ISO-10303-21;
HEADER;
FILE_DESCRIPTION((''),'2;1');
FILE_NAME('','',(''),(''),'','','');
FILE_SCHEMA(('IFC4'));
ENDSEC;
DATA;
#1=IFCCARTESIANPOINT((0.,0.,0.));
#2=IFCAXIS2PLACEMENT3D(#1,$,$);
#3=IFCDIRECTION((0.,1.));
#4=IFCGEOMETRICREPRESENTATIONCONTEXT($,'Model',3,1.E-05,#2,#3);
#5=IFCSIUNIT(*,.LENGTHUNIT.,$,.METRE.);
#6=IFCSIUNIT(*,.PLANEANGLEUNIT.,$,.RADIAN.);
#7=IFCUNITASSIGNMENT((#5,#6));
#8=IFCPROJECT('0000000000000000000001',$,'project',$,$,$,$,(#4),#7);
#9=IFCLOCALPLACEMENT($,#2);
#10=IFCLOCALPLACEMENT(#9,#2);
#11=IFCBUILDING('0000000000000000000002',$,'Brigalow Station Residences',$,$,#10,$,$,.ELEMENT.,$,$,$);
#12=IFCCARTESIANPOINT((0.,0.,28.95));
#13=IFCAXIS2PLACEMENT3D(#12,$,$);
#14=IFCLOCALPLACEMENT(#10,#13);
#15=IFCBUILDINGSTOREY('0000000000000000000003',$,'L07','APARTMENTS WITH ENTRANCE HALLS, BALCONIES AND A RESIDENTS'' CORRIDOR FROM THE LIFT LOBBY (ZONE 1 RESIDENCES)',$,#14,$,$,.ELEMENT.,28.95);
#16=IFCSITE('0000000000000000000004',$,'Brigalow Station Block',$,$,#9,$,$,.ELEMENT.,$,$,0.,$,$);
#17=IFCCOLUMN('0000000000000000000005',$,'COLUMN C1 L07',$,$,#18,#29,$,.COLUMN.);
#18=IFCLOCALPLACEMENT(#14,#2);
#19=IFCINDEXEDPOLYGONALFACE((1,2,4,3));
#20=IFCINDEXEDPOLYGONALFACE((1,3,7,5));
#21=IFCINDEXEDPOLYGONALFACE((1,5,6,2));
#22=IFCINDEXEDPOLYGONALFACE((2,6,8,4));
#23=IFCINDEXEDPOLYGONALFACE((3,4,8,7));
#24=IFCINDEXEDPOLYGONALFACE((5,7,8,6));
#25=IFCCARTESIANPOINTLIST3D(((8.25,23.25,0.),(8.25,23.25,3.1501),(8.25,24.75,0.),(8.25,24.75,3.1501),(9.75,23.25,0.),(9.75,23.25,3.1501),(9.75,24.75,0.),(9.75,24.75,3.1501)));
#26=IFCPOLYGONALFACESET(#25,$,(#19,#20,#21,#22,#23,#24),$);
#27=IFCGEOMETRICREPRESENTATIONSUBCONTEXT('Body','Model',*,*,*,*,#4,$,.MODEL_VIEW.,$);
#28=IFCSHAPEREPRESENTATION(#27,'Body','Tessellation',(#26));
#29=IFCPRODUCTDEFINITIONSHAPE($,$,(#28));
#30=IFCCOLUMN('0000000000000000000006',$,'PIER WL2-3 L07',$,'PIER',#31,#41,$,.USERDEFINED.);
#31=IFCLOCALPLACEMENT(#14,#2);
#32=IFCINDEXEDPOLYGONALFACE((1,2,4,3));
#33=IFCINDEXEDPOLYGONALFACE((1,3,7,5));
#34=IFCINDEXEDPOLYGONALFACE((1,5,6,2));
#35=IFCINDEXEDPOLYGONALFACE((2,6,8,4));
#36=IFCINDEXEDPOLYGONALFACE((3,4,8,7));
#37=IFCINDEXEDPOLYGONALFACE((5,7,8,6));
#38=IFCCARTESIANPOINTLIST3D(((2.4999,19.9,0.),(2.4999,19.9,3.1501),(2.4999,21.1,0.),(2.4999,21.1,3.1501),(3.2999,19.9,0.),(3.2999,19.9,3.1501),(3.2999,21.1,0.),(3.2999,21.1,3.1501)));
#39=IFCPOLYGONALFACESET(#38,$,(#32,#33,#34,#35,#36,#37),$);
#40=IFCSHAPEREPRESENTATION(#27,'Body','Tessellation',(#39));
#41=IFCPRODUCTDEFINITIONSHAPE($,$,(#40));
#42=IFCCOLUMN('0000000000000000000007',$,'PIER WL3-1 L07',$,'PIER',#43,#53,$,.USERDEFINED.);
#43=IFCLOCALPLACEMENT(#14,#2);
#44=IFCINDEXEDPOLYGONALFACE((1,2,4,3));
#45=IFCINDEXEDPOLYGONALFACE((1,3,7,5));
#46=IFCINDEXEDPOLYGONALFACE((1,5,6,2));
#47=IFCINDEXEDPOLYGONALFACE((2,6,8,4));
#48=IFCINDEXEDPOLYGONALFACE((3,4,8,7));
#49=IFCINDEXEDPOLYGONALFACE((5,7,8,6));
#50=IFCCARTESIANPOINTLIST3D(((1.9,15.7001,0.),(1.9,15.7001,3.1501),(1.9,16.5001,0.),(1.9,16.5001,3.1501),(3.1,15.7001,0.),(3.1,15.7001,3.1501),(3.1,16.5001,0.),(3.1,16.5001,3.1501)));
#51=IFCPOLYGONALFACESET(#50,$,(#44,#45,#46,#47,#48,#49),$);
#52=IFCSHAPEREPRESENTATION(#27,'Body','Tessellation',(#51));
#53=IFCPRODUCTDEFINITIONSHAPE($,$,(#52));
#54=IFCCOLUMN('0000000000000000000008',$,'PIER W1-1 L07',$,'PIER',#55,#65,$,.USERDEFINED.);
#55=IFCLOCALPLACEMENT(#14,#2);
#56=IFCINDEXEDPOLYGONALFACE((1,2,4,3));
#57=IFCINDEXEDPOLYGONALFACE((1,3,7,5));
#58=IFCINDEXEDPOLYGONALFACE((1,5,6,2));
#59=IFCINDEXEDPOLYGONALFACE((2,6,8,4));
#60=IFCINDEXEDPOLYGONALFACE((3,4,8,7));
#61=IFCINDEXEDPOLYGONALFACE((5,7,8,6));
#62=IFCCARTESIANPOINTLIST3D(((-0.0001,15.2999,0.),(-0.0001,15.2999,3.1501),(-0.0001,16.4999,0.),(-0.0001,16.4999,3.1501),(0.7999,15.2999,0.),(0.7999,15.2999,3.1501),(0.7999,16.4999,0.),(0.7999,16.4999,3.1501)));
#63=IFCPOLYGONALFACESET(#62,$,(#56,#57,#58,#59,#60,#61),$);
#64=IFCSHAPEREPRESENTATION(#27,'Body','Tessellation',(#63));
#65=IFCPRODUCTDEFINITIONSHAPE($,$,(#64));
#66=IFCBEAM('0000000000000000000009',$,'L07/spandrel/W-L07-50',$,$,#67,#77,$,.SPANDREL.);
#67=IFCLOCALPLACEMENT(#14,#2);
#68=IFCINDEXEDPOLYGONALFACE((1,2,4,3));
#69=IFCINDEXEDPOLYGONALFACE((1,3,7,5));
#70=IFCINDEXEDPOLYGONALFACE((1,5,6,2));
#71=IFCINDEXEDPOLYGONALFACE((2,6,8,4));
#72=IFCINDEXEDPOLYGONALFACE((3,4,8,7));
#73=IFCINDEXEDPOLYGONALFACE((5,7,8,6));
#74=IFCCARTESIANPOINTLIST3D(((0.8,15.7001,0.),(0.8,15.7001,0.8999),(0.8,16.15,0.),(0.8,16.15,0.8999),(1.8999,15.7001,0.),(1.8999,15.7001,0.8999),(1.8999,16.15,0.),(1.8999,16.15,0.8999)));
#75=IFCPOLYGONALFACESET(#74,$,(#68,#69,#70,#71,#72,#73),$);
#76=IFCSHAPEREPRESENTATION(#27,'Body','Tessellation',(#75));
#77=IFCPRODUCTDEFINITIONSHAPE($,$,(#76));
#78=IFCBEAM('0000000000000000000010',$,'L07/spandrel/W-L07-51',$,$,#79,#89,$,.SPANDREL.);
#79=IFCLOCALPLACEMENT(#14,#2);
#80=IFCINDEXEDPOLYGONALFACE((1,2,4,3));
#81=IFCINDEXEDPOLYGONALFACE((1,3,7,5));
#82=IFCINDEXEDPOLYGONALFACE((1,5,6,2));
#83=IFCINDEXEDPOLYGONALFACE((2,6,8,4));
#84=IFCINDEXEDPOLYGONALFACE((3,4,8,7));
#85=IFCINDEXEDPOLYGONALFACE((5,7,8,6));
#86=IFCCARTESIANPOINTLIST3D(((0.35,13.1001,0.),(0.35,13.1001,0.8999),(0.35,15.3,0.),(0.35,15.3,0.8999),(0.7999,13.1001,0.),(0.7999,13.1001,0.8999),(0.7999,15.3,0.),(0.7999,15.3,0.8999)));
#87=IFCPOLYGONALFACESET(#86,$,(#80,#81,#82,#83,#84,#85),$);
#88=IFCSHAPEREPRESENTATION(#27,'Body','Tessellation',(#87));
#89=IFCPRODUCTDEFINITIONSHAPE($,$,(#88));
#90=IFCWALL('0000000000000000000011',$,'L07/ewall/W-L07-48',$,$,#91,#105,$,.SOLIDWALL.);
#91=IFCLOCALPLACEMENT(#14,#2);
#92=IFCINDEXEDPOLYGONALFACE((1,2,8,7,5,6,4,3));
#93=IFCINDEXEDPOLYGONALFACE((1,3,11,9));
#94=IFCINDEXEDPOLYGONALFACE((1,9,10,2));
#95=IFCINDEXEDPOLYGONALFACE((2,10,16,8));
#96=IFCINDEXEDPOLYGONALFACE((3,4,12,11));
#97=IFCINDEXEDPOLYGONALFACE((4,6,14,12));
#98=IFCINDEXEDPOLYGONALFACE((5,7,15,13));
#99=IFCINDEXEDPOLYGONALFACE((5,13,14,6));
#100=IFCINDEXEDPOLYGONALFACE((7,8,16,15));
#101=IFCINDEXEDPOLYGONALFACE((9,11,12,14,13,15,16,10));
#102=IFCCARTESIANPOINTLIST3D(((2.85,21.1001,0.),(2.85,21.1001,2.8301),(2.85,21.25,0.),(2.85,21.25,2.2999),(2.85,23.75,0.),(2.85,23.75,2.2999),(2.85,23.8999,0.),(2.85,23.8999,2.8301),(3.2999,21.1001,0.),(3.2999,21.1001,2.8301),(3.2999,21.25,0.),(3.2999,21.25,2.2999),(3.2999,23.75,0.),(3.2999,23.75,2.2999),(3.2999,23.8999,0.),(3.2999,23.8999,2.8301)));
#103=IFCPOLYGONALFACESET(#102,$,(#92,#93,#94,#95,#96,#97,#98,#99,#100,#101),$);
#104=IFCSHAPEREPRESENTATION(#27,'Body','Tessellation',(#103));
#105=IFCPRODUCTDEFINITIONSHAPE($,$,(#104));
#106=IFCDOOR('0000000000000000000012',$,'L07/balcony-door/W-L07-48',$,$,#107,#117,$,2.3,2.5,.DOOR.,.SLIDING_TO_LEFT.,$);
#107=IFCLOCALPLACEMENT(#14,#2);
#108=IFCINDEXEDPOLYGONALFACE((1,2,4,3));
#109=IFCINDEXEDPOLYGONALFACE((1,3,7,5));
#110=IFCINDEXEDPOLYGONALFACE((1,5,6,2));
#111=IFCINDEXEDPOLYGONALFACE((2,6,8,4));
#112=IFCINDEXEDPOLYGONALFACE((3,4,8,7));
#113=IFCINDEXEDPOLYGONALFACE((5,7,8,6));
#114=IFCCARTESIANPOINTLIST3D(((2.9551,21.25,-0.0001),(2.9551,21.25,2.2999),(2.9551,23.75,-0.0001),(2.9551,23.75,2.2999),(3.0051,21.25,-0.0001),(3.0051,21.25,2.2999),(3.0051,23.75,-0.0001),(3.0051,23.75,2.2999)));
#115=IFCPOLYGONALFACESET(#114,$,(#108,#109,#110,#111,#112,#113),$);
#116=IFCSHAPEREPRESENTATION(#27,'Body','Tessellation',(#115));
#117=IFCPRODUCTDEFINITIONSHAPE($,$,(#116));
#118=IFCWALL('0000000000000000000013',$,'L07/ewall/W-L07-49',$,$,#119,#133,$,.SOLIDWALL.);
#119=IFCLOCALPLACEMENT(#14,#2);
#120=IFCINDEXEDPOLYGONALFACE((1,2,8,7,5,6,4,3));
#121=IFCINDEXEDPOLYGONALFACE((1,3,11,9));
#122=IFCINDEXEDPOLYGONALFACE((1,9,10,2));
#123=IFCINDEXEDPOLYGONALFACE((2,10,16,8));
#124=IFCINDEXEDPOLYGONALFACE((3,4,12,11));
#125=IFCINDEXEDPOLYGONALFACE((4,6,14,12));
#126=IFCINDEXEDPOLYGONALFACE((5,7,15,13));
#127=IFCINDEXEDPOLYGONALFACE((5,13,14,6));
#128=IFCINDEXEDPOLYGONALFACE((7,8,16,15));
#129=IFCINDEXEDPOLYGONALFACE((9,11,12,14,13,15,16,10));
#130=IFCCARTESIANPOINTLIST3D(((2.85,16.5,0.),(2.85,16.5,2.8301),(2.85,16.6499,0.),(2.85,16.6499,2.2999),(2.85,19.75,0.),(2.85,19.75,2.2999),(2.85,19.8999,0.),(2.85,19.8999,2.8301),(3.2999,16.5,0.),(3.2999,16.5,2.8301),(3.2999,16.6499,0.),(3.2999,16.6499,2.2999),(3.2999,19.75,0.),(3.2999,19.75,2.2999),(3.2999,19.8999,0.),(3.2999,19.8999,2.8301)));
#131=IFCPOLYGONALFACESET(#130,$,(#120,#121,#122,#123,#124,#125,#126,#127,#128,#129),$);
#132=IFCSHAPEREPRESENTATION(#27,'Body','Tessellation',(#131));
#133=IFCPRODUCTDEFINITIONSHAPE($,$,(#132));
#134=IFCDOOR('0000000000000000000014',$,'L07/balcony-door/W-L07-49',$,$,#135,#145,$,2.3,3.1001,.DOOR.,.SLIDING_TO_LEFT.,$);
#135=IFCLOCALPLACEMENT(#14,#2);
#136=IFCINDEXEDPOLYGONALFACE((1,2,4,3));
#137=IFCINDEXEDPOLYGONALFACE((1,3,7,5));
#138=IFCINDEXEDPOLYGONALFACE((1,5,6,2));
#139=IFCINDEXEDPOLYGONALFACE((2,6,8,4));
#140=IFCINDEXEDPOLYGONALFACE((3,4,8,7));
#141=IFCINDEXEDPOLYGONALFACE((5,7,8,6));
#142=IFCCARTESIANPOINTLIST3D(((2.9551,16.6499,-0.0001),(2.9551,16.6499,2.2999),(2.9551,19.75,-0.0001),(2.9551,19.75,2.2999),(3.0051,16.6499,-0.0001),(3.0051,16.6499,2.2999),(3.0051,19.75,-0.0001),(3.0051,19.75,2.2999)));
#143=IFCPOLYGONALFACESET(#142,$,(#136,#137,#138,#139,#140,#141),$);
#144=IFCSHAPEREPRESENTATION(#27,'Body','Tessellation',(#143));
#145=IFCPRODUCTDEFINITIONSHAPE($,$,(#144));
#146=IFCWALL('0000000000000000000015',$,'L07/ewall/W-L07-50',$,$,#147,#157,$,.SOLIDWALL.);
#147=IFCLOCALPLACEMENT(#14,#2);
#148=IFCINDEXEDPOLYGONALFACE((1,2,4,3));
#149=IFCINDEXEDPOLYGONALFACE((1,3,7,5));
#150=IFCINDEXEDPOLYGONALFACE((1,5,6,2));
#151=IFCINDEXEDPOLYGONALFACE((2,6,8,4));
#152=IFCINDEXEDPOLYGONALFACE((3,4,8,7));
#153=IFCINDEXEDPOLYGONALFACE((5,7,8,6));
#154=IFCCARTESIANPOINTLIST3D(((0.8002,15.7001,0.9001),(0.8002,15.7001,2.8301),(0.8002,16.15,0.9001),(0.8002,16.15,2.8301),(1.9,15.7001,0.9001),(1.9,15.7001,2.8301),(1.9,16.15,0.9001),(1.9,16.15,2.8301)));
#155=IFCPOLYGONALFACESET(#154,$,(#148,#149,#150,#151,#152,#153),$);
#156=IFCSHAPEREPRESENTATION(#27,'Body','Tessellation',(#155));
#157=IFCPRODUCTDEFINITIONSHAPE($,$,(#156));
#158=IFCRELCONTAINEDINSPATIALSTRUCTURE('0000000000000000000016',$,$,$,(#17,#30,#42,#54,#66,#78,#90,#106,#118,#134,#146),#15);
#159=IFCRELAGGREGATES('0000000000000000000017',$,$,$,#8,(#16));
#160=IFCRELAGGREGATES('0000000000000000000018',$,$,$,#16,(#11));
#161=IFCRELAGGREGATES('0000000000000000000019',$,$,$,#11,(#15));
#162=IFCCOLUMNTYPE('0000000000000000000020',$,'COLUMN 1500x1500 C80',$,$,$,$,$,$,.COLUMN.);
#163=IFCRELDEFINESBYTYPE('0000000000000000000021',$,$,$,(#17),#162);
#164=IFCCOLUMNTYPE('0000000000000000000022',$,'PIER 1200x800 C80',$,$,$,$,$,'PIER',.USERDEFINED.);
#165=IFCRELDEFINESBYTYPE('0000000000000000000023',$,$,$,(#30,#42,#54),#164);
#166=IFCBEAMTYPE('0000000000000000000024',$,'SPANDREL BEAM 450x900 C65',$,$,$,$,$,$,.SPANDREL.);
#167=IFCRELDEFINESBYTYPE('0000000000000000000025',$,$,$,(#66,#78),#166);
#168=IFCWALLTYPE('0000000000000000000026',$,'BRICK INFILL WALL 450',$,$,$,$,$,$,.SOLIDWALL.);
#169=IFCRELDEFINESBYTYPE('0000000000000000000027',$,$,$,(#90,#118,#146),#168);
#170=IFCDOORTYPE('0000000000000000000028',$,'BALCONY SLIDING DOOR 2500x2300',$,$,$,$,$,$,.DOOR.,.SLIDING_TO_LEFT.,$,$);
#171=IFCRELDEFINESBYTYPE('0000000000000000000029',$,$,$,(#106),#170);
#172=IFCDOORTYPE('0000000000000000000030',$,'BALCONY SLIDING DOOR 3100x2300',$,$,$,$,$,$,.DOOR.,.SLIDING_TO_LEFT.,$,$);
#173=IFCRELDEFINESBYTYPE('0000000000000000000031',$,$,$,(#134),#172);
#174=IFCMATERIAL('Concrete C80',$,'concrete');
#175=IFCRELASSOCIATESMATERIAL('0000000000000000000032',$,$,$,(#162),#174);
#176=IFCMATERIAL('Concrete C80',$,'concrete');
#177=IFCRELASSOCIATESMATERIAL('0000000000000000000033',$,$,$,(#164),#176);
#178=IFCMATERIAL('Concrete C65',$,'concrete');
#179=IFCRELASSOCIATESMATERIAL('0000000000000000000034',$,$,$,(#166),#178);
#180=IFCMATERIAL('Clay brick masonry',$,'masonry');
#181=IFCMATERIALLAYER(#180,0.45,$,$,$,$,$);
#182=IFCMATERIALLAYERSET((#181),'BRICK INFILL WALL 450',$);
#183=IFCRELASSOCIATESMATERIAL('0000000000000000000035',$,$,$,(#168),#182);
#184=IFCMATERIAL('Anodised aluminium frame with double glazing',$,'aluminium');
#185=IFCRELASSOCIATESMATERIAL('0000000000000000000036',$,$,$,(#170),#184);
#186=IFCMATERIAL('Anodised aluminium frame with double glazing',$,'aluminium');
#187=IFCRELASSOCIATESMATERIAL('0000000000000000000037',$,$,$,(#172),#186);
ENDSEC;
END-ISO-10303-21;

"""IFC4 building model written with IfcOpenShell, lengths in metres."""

from ifc_helpers import new_model, si_unit, direction, frame, frame_2d, origin, origin_2d, place, context, subcontext, project, spatial, rectangle, extrude, material, layer, layer_set, material_profile, profile_set, type_object, element, fill, save


model = new_model("IFC4")

# Units and contexts
model_context = context("Model", 3, precision=1e-05, world=origin(), true_north=direction((0.0, 1.0)))
body_context = subcontext(model_context, "Body", "Model", "MODEL_VIEW")
ifc_project = project(units=[si_unit("LENGTHUNIT", "METRE"), si_unit("PLANEANGLEUNIT", "RADIAN")], contexts=[model_context])

# Site, building, storey
site_placement = place(None, origin())
site = spatial("IfcSite", under=ifc_project, at=site_placement, Name="Brigalow Station Block", CompositionType="ELEMENT", RefElevation=0.0)
building_placement = place(site_placement, origin())
building = spatial("IfcBuilding", under=site, at=building_placement, Name="Brigalow Station Residences", CompositionType="ELEMENT")
storey_placement = place(building_placement, frame((0.0, 0.0, 28.95)))
storey = spatial("IfcBuildingStorey", under=building, at=storey_placement, Name="L07", Description="APARTMENTS WITH ENTRANCE HALLS, BALCONIES AND A RESIDENTS' CORRIDOR FROM THE LIFT LOBBY (ZONE 1 RESIDENCES)", CompositionType="ELEMENT", Elevation=28.95)

# Columns
ifc_material_1 = material(Name="Concrete C80", Category="concrete")
ifc_material_profile_1 = material_profile(ifc_material_1, rectangle(XDim=1.5, YDim=1.5, at=origin_2d()), Name="RC1500x1500")
ifc_profile_set_1 = profile_set([ifc_material_profile_1], Name="Concrete C80")
column_type_1 = type_object("IfcColumnType", Name="COLUMN 1500x1500 C80", PredefinedType="COLUMN", material=ifc_profile_set_1)
column_placement = place(storey_placement, frame((9.0, 24.0, 0.0), z_axis=(0.0, 0.0, 1.0), x_axis=(1.0, 0.0, 0.0)))
element("IfcColumn", 1, at=column_placement, inside=storey, type_object=column_type_1, Name="COLUMN C1 L07", PredefinedType="COLUMN", context=body_context, shape_type="SweptSolid", body=[
    extrude(rectangle(XDim=1.5, YDim=1.5, at=origin_2d()), origin(), (0.0, 0.0, 1.0), 3.1501),
])
ifc_material_2 = material(Name="Concrete C80", Category="concrete")
ifc_material_profile_2 = material_profile(ifc_material_2, rectangle(XDim=1.2, YDim=0.8, at=origin_2d()), Name="RC1200x800")
ifc_profile_set_2 = profile_set([ifc_material_profile_2], Name="Concrete C80")
column_type_2 = type_object("IfcColumnType", Name="PIER 1200x800 C80", ElementType="PIER", PredefinedType="USERDEFINED", material=ifc_profile_set_2)
for number, where, z_axis, x_axis, name in (
    (2, (2.8999, 20.5, 0.0), (0.0, 0.0, 1.0), (0.0, -1.0, 0.0), "PIER WL2-3 L07"),
    (3, (2.5, 16.1001, 0.0), (0.0, 0.0, 1.0), (-1.0, 0.0, 0.0), "PIER WL3-1 L07"),
    (4, (0.3999, 15.8999, 0.0), (0.0, 0.0, 1.0), (0.0, -1.0, 0.0), "PIER W1-1 L07"),
):
    element("IfcColumn", number, at=place(storey_placement, frame(where, z_axis=z_axis, x_axis=x_axis)), inside=storey, type_object=column_type_2, Name=name, ObjectType="PIER", PredefinedType="USERDEFINED", context=body_context, shape_type="SweptSolid", body=[
        extrude(rectangle(XDim=1.2, YDim=0.8, at=origin_2d()), origin(), (0.0, 0.0, 1.0), 3.1501),
    ])

# Beams
ifc_material_3 = material(Name="Concrete C65", Category="concrete")
ifc_material_profile_3 = material_profile(ifc_material_3, rectangle(XDim=0.45, YDim=0.8999, at=origin_2d()), Name="RC450x900")
ifc_profile_set_3 = profile_set([ifc_material_profile_3], Name="Concrete C65")
beam_type = type_object("IfcBeamType", Name="SPANDREL BEAM 450x900 C65", PredefinedType="SPANDREL", material=ifc_profile_set_3)
beam_1_placement = place(storey_placement, frame((1.8999, 15.925, 0.45), z_axis=(-1.0, 0.0, 0.0), x_axis=(0.0, -1.0, 0.0)))
element("IfcBeam", 5, at=beam_1_placement, inside=storey, type_object=beam_type, Name="L07/spandrel/W-L07-50", PredefinedType="SPANDREL", context=body_context, shape_type="SweptSolid", body=[
    extrude(rectangle(XDim=0.45, YDim=0.8999, at=origin_2d()), origin(), (0.0, 0.0, 1.0), 1.0999),
])
beam_2_placement = place(storey_placement, frame((0.575, 15.3, 0.45), z_axis=(0.0, -1.0, 0.0), x_axis=(1.0, 0.0, 0.0)))
element("IfcBeam", 6, at=beam_2_placement, inside=storey, type_object=beam_type, Name="L07/spandrel/W-L07-51", PredefinedType="SPANDREL", context=body_context, shape_type="SweptSolid", body=[
    extrude(rectangle(XDim=0.45, YDim=0.8999, at=origin_2d()), origin(), (0.0, 0.0, 1.0), 2.2),
])

# Walls, openings, doors
ifc_material_4 = material(Name="Clay brick masonry", Category="masonry")
ifc_layer_1 = layer(ifc_material_4, 0.45)
ifc_layer_set_1 = layer_set([ifc_layer_1], Name="BRICK INFILL WALL 450")
wall_type_1 = type_object("IfcWallType", Name="BRICK INFILL WALL 450", PredefinedType="SOLIDWALL", material=ifc_layer_set_1)
wall_1_placement = place(storey_placement, frame((3.075, 23.8999, 0.0), z_axis=(0.0, 0.0, 1.0), x_axis=(0.0, -1.0, 0.0)))
wall_1 = element("IfcWall", 7, at=wall_1_placement, inside=storey, type_object=wall_type_1, Name="L07/ewall/W-L07-48", PredefinedType="SOLIDWALL", context=body_context, shape_type="SweptSolid", body=[
    extrude(rectangle(XDim=2.7998, YDim=0.45, at=frame_2d((1.3999, 0.0))), origin(), (0.0, 0.0, 1.0), 2.8301),
])
opening_1_placement = place(wall_1_placement, frame((0.1499, 0.0, 0.0)))
opening_1 = element("IfcOpeningElement", 8, at=opening_1_placement, cuts=wall_1, PredefinedType="OPENING", context=body_context, shape_type="SweptSolid", body=[
    extrude(rectangle(XDim=2.5, YDim=2.3, at=frame_2d((1.25, 1.1499))), frame((0.0, 0.2349, 0.0), z_axis=(0.0, -1.0, 0.0), x_axis=(1.0, 0.0, 0.0)), (0.0, 0.0, 1.0), 0.47),
])
ifc_material_5 = material(Name="Anodised aluminium frame with double glazing", Category="aluminium")
door_type_1 = type_object("IfcDoorType", Name="BALCONY SLIDING DOOR 2500x2300", OperationType="SLIDING_TO_LEFT", PredefinedType="DOOR", material=ifc_material_5)
door_1_placement = place(opening_1_placement, origin())
door_1 = element("IfcDoor", 9, at=door_1_placement, inside=storey, type_object=door_type_1, Name="L07/balcony-door/W-L07-48", OperationType="SLIDING_TO_LEFT", OverallHeight=2.3, OverallWidth=2.5, PredefinedType="DOOR", context=body_context, shape_type="SweptSolid", body=[
    extrude(rectangle(XDim=2.5, YDim=2.3, at=frame_2d((1.25, 1.1499))), frame((0.0, -0.0698, 0.0), z_axis=(0.0, -1.0, 0.0), x_axis=(1.0, 0.0, 0.0)), (0.0, 0.0, 1.0), 0.05),
])
fill(opening_1, door_1)
wall_2_placement = place(storey_placement, frame((3.075, 19.8999, 0.0), z_axis=(0.0, 0.0, 1.0), x_axis=(0.0, -1.0, 0.0)))
wall_2 = element("IfcWall", 10, at=wall_2_placement, inside=storey, type_object=wall_type_1, Name="L07/ewall/W-L07-49", PredefinedType="SOLIDWALL", context=body_context, shape_type="SweptSolid", body=[
    extrude(rectangle(XDim=3.3999, YDim=0.45, at=frame_2d((1.7, 0.0))), origin(), (0.0, 0.0, 1.0), 2.8301),
])
opening_2_placement = place(wall_2_placement, frame((0.1499, 0.0, 0.0)))
opening_2 = element("IfcOpeningElement", 11, at=opening_2_placement, cuts=wall_2, PredefinedType="OPENING", context=body_context, shape_type="SweptSolid", body=[
    extrude(rectangle(XDim=3.1001, YDim=2.3, at=frame_2d((1.55, 1.1499))), frame((0.0, 0.2349, 0.0), z_axis=(0.0, -1.0, 0.0), x_axis=(1.0, 0.0, 0.0)), (0.0, 0.0, 1.0), 0.47),
])
ifc_material_6 = material(Name="Anodised aluminium frame with double glazing", Category="aluminium")
door_type_2 = type_object("IfcDoorType", Name="BALCONY SLIDING DOOR 3100x2300", OperationType="SLIDING_TO_LEFT", PredefinedType="DOOR", material=ifc_material_6)
door_2_placement = place(opening_2_placement, origin())
door_2 = element("IfcDoor", 12, at=door_2_placement, inside=storey, type_object=door_type_2, Name="L07/balcony-door/W-L07-49", OperationType="SLIDING_TO_LEFT", OverallHeight=2.3, OverallWidth=3.1001, PredefinedType="DOOR", context=body_context, shape_type="SweptSolid", body=[
    extrude(rectangle(XDim=3.1001, YDim=2.3, at=frame_2d((1.55, 1.1499))), frame((0.0, -0.0698, 0.0), z_axis=(0.0, -1.0, 0.0), x_axis=(1.0, 0.0, 0.0)), (0.0, 0.0, 1.0), 0.05),
])
fill(opening_2, door_2)

# Wall
wall_3_placement = place(storey_placement, frame((1.8999, 15.925, 0.9001), z_axis=(0.0, 0.0, 1.0), x_axis=(-1.0, 0.0, 0.0)))
element("IfcWall", 13, at=wall_3_placement, inside=storey, type_object=wall_type_1, Name="L07/ewall/W-L07-50", PredefinedType="SOLIDWALL", context=body_context, shape_type="SweptSolid", body=[
    extrude(rectangle(XDim=1.0999, YDim=0.45, at=frame_2d((0.5498, 0.0))), origin(), (0.0, 0.0, 1.0), 1.9299),
])

save(model, "model.ifc")
